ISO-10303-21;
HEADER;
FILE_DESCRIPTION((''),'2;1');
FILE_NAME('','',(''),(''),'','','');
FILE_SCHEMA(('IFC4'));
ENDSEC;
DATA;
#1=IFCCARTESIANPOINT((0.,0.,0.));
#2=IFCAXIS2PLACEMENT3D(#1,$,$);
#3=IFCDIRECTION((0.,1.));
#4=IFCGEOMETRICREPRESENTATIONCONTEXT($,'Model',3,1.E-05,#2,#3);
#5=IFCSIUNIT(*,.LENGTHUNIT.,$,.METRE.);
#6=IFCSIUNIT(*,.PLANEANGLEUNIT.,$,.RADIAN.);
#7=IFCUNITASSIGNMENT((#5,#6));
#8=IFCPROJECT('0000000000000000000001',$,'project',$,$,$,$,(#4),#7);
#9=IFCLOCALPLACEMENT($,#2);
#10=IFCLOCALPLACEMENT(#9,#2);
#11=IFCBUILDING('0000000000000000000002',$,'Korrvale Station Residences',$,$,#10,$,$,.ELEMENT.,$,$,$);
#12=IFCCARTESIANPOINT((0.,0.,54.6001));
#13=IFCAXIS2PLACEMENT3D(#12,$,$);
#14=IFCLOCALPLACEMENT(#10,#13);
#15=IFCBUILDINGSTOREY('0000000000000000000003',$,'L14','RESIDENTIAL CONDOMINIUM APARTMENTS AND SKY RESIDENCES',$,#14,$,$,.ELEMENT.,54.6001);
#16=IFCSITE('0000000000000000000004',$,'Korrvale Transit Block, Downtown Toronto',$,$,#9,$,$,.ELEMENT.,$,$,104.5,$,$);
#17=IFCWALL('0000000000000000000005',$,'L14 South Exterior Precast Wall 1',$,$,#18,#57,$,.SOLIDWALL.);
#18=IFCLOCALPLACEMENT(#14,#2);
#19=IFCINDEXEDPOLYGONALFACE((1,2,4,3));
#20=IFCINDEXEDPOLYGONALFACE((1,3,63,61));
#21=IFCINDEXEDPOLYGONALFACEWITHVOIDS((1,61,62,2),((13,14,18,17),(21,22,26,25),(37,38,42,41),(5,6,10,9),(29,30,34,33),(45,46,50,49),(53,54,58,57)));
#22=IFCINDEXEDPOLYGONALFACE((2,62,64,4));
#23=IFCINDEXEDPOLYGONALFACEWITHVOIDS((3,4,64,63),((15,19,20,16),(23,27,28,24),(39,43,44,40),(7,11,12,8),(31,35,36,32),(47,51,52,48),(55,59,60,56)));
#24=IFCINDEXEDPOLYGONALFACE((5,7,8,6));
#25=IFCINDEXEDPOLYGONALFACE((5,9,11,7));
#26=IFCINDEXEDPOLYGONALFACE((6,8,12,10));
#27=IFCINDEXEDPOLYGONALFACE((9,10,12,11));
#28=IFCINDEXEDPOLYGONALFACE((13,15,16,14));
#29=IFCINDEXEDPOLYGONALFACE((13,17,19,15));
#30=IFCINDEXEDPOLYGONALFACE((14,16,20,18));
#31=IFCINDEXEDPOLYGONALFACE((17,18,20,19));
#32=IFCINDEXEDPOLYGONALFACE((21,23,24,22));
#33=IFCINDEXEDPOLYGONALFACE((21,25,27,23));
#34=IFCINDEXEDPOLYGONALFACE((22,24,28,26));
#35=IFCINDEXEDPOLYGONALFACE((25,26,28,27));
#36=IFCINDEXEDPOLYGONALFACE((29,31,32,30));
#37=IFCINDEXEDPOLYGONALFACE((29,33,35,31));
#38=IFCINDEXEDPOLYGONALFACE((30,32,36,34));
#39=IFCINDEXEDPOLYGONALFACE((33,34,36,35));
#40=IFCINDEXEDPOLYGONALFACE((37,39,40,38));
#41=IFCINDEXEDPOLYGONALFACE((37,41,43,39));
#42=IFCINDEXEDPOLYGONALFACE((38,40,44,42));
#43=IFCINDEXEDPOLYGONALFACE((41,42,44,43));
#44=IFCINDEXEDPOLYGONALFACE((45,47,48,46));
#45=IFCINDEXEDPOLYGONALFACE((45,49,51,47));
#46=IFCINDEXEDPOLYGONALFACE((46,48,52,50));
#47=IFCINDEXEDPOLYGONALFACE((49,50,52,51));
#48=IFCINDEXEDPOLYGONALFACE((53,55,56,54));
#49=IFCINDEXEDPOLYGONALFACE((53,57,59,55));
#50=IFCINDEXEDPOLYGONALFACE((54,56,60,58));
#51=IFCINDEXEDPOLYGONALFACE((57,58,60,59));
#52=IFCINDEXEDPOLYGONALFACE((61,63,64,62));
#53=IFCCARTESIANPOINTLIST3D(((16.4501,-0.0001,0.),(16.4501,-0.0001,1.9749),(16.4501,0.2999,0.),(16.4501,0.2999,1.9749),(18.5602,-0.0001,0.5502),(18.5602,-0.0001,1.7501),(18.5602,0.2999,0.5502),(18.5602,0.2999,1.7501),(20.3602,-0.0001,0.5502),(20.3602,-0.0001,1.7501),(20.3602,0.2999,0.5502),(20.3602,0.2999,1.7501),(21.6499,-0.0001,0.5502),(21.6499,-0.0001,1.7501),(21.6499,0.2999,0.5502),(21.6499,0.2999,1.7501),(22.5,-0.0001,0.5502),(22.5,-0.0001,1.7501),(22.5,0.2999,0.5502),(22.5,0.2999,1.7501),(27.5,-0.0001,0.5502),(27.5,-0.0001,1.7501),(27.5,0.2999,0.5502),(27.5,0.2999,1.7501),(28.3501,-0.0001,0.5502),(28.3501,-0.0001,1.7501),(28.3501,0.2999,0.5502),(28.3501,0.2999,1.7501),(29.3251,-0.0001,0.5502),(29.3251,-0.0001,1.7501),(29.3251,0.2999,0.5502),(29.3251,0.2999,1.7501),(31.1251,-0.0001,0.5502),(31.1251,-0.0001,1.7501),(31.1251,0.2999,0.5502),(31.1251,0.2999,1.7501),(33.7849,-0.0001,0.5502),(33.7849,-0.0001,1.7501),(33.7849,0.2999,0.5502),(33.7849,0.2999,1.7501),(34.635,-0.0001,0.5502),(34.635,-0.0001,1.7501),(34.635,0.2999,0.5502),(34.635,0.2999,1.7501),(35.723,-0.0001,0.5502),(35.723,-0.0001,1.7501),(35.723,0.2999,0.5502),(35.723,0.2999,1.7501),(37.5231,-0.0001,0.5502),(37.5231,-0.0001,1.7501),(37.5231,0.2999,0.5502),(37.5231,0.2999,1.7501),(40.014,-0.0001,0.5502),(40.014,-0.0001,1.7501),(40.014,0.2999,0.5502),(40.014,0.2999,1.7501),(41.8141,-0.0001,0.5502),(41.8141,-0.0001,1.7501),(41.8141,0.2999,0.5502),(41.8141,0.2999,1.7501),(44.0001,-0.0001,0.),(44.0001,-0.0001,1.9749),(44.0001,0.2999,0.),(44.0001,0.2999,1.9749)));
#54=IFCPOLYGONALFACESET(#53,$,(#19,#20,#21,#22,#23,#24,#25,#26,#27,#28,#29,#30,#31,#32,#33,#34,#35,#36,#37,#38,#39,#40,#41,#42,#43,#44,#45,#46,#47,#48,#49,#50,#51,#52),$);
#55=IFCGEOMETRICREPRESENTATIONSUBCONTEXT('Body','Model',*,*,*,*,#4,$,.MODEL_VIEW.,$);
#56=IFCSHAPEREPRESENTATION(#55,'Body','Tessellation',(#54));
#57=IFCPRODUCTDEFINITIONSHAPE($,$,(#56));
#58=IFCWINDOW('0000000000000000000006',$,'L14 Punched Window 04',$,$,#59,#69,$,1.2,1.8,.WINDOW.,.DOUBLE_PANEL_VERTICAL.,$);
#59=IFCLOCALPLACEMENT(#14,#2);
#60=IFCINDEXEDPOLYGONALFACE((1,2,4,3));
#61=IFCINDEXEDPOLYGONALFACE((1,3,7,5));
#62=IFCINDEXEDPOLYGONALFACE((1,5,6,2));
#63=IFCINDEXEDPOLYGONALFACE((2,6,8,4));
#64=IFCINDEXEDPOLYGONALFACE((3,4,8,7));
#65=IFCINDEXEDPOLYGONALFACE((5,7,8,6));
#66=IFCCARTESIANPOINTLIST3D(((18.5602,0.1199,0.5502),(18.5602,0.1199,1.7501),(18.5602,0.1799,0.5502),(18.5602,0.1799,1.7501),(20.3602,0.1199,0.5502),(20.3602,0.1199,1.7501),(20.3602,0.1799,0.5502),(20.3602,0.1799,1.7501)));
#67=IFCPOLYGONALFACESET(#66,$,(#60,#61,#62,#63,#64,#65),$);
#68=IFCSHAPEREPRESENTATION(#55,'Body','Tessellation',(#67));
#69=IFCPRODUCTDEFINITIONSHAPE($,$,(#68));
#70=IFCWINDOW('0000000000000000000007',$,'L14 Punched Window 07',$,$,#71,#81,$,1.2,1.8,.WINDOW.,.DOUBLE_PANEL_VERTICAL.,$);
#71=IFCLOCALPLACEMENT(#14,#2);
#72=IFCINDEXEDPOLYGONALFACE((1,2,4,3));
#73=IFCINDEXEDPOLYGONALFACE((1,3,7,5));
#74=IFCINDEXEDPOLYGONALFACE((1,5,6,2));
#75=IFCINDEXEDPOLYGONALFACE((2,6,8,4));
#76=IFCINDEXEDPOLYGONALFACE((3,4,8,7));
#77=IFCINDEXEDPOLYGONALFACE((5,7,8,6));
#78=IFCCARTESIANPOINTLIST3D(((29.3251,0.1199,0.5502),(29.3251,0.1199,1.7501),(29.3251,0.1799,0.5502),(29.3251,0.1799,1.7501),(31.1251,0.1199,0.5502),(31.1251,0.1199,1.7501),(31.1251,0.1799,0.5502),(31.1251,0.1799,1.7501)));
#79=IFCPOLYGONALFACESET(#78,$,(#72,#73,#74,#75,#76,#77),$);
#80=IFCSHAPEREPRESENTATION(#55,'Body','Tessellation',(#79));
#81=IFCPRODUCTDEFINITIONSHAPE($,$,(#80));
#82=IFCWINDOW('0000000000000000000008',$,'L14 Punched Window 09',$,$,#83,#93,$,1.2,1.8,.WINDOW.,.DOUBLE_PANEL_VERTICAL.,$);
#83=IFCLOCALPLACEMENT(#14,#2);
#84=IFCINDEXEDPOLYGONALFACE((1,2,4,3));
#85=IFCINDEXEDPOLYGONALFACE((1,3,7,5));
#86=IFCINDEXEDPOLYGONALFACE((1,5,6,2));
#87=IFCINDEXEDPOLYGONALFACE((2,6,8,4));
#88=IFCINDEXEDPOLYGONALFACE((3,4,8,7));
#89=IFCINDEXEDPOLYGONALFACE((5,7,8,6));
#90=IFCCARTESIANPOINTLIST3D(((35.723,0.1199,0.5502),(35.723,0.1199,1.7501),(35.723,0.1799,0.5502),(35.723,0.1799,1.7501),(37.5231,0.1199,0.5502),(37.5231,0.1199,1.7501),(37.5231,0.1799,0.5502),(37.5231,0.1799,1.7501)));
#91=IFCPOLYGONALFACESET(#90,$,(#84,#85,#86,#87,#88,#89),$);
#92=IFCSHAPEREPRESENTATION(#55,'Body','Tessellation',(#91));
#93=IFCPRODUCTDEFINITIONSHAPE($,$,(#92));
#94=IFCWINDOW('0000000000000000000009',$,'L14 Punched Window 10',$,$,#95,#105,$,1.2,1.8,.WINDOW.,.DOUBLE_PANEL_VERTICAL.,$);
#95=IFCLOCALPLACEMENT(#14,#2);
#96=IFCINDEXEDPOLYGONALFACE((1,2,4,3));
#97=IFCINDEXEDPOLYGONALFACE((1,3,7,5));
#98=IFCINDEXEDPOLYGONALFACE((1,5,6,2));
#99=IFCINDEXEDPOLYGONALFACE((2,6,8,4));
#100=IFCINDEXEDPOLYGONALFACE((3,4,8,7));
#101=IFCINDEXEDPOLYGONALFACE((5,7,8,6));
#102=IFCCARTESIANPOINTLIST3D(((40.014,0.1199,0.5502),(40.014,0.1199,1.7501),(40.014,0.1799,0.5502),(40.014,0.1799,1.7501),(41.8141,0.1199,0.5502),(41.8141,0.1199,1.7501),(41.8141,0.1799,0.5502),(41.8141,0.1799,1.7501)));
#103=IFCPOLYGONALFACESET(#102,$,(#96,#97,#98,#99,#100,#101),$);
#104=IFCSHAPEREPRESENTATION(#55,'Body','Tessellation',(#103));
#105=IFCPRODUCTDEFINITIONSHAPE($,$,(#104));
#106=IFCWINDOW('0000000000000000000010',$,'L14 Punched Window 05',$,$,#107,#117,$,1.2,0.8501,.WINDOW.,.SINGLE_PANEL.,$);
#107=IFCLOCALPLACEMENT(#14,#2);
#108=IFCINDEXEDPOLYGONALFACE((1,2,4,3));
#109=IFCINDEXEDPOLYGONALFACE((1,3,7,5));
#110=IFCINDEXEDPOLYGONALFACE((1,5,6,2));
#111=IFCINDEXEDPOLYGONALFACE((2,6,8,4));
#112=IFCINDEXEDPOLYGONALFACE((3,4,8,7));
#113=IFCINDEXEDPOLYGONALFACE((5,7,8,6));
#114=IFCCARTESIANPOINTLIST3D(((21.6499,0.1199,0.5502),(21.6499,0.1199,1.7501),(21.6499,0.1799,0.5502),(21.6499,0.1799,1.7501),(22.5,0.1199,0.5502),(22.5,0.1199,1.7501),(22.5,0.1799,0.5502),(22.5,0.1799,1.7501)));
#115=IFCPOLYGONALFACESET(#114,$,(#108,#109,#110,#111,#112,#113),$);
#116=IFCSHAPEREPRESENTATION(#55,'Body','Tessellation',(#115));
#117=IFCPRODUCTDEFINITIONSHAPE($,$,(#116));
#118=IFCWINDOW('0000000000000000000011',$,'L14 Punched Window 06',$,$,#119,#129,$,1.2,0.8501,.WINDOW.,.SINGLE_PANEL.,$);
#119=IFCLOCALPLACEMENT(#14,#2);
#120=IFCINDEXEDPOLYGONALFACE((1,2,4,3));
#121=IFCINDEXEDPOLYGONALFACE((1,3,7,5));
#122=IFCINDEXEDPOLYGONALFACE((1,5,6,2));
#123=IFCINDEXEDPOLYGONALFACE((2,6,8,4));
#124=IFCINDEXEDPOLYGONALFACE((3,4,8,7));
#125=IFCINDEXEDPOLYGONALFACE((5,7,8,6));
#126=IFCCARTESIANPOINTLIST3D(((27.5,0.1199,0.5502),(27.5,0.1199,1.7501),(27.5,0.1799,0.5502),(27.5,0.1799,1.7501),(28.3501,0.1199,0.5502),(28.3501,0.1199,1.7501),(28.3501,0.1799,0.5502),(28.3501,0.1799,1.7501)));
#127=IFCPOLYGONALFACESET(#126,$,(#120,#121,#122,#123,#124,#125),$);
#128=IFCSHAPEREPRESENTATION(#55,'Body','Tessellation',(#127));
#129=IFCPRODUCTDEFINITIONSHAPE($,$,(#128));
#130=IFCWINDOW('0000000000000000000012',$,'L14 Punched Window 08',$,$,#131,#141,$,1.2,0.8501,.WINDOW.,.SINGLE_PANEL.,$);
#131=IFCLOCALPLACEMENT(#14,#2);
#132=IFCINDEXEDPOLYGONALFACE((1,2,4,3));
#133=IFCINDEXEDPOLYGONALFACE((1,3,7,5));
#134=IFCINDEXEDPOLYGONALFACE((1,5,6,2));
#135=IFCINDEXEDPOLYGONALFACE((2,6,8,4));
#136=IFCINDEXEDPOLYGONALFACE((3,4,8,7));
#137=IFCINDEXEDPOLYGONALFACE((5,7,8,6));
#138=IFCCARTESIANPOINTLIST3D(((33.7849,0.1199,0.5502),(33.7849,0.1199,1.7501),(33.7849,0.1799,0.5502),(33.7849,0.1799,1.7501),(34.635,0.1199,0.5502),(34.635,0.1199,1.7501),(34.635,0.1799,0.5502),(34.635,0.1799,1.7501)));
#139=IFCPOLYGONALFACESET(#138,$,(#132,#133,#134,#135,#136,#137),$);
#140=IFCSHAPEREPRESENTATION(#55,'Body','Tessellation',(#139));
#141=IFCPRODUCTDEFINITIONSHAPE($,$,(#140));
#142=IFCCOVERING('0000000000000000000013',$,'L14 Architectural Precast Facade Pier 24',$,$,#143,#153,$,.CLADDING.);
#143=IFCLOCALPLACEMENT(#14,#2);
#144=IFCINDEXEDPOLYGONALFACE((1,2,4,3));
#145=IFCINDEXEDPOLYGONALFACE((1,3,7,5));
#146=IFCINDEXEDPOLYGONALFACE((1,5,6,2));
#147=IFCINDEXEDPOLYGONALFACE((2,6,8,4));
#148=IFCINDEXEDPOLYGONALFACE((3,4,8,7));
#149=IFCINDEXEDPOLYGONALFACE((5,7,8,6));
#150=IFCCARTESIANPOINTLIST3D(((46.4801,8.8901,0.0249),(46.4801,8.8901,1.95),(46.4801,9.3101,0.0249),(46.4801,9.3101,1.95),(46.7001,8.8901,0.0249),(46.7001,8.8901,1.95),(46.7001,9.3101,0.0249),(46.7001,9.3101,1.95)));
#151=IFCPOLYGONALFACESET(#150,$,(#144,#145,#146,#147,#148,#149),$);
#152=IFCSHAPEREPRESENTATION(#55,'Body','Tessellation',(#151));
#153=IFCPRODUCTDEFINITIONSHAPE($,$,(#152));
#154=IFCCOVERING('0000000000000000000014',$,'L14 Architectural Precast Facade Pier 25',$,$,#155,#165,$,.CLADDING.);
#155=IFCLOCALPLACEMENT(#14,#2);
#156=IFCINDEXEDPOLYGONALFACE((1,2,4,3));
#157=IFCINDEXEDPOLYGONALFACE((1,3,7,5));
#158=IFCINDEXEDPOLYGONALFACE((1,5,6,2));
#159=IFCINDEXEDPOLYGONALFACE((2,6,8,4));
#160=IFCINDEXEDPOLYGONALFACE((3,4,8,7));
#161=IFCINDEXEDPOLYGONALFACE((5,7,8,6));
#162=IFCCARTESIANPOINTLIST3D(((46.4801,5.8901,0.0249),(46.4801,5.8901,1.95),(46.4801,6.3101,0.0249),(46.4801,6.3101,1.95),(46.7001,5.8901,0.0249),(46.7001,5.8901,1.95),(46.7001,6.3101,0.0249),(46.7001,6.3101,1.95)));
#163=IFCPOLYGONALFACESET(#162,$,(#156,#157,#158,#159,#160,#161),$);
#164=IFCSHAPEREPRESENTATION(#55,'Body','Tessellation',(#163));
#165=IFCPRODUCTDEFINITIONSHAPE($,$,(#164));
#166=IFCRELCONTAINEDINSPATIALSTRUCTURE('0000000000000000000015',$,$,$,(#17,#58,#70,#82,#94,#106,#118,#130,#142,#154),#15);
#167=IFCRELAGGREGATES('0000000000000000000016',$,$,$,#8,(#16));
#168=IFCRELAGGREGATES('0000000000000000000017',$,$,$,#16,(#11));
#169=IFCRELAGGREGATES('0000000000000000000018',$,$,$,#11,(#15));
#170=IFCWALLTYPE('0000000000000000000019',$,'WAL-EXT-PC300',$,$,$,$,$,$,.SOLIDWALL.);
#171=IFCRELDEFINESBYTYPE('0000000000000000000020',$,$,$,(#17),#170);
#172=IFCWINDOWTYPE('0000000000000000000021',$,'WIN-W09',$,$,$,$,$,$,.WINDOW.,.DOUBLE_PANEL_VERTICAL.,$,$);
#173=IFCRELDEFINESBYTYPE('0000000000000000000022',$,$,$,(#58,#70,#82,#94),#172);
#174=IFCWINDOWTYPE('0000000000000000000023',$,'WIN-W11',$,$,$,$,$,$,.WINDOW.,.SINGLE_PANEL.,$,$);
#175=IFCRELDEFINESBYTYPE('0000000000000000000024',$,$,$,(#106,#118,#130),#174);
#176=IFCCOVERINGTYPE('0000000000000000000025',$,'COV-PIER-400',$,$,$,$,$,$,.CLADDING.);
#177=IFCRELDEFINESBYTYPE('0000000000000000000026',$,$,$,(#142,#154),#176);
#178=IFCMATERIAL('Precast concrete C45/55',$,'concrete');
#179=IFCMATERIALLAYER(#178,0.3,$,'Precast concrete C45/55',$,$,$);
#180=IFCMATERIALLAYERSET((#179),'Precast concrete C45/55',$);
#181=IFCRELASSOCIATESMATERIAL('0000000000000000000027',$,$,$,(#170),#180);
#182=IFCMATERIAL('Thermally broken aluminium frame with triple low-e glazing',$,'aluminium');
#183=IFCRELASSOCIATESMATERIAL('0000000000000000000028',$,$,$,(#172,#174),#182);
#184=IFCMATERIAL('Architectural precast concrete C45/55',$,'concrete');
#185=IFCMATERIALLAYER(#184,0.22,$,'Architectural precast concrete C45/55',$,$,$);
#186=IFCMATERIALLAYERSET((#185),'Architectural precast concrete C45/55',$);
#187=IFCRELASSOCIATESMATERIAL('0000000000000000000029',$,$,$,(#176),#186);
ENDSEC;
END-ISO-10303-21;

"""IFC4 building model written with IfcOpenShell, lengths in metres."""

from ifc_helpers import new_model, si_unit, direction, frame, frame_2d, origin, origin_2d, place, context, subcontext, project, spatial, rectangle, extrude, material, layer, layer_set, type_object, element, fill, save


model = new_model("IFC4")

# Units and contexts
model_context = context("Model", 3, precision=1e-05, world=origin(), true_north=direction((0.0, 1.0)))
body_context = subcontext(model_context, "Body", "Model", "MODEL_VIEW")
ifc_project = project(units=[si_unit("LENGTHUNIT", "METRE"), si_unit("PLANEANGLEUNIT", "RADIAN")], contexts=[model_context])

# Site, building, storey
site_placement = place(None, origin())
site = spatial("IfcSite", under=ifc_project, at=site_placement, Name="Korrvale Transit Block, Downtown Toronto", CompositionType="ELEMENT", RefElevation=104.5)
building_placement = place(site_placement, origin())
building = spatial("IfcBuilding", under=site, at=building_placement, Name="Korrvale Station Residences", CompositionType="ELEMENT")
storey_placement = place(building_placement, frame((0.0, 0.0, 54.6001)))
storey = spatial("IfcBuildingStorey", under=building, at=storey_placement, Name="L14", Description="RESIDENTIAL CONDOMINIUM APARTMENTS AND SKY RESIDENCES", CompositionType="ELEMENT", Elevation=54.6001)

# Shared definitions
ifc_material_1 = material(Name="Precast concrete C45/55", Category="concrete")

# Wall, openings, windows
ifc_layer_1 = layer(ifc_material_1, 0.3, Name="Precast concrete C45/55")
ifc_layer_set_1 = layer_set([ifc_layer_1], Name="Precast concrete C45/55")
wall_type_1 = type_object("IfcWallType", Name="WAL-EXT-PC300", PredefinedType="SOLIDWALL", material=ifc_layer_set_1)
wall_1_placement = place(storey_placement, frame((44.0, 0.1499, 0.0), z_axis=(0.0, 0.0, 1.0), x_axis=(-1.0, 0.0, 0.0)))
wall_1 = element("IfcWall", 1, at=wall_1_placement, inside=storey, type_object=wall_type_1, Name="L14 South Exterior Precast Wall 1", PredefinedType="SOLIDWALL", context=body_context, shape_type="SweptSolid", body=[
    extrude(rectangle(XDim=27.55, YDim=0.3, at=frame_2d((13.7749, 0.0))), origin(), (0.0, 0.0, 1.0), 1.9749),
])
opening_1_placement = place(wall_1_placement, frame((23.6399, 0.0, 0.55)))
opening_1 = element("IfcOpeningElement", 2, at=opening_1_placement, cuts=wall_1, PredefinedType="OPENING", context=body_context, shape_type="SweptSolid", body=[
    extrude(rectangle(XDim=1.8, YDim=1.2, at=frame_2d((0.8999, 0.6001))), frame((0.0, 0.1602, 0.0), z_axis=(0.0, -1.0, 0.0), x_axis=(1.0, 0.0, 0.0)), (0.0, 0.0, 1.0), 0.3201),
])
opening_2_placement = place(wall_1_placement, frame((21.5, 0.0, 0.55)))
opening_2 = element("IfcOpeningElement", 3, at=opening_2_placement, cuts=wall_1, PredefinedType="OPENING", context=body_context, shape_type="SweptSolid", body=[
    extrude(rectangle(XDim=0.8501, YDim=1.2, at=frame_2d((0.425, 0.6001))), frame((0.0, 0.1602, 0.0), z_axis=(0.0, -1.0, 0.0), x_axis=(1.0, 0.0, 0.0)), (0.0, 0.0, 1.0), 0.3201),
])
opening_3_placement = place(wall_1_placement, frame((15.6499, 0.0, 0.55)))
opening_3 = element("IfcOpeningElement", 4, at=opening_3_placement, cuts=wall_1, PredefinedType="OPENING", context=body_context, shape_type="SweptSolid", body=[
    extrude(rectangle(XDim=0.8501, YDim=1.2, at=frame_2d((0.425, 0.6001))), frame((0.0, 0.1602, 0.0), z_axis=(0.0, -1.0, 0.0), x_axis=(1.0, 0.0, 0.0)), (0.0, 0.0, 1.0), 0.3201),
])
opening_4_placement = place(wall_1_placement, frame((12.875, 0.0, 0.55)))
opening_4 = element("IfcOpeningElement", 5, at=opening_4_placement, cuts=wall_1, PredefinedType="OPENING", context=body_context, shape_type="SweptSolid", body=[
    extrude(rectangle(XDim=1.8, YDim=1.2, at=frame_2d((0.8999, 0.6001))), frame((0.0, 0.1602, 0.0), z_axis=(0.0, -1.0, 0.0), x_axis=(1.0, 0.0, 0.0)), (0.0, 0.0, 1.0), 0.3201),
])
opening_5_placement = place(wall_1_placement, frame((9.365, 0.0, 0.55)))
opening_5 = element("IfcOpeningElement", 6, at=opening_5_placement, cuts=wall_1, PredefinedType="OPENING", context=body_context, shape_type="SweptSolid", body=[
    extrude(rectangle(XDim=0.8501, YDim=1.2, at=frame_2d((0.425, 0.6001))), frame((0.0, 0.1602, 0.0), z_axis=(0.0, -1.0, 0.0), x_axis=(1.0, 0.0, 0.0)), (0.0, 0.0, 1.0), 0.3201),
])
opening_6_placement = place(wall_1_placement, frame((6.4771, 0.0, 0.55)))
opening_6 = element("IfcOpeningElement", 7, at=opening_6_placement, cuts=wall_1, PredefinedType="OPENING", context=body_context, shape_type="SweptSolid", body=[
    extrude(rectangle(XDim=1.8, YDim=1.2, at=frame_2d((0.8999, 0.6001))), frame((0.0, 0.1602, 0.0), z_axis=(0.0, -1.0, 0.0), x_axis=(1.0, 0.0, 0.0)), (0.0, 0.0, 1.0), 0.3201),
])
opening_7_placement = place(wall_1_placement, frame((2.186, 0.0, 0.55)))
opening_7 = element("IfcOpeningElement", 8, at=opening_7_placement, cuts=wall_1, PredefinedType="OPENING", context=body_context, shape_type="SweptSolid", body=[
    extrude(rectangle(XDim=1.8, YDim=1.2, at=frame_2d((0.8999, 0.6001))), frame((0.0, 0.1602, 0.0), z_axis=(0.0, -1.0, 0.0), x_axis=(1.0, 0.0, 0.0)), (0.0, 0.0, 1.0), 0.3201),
])
ifc_material_2 = material(Name="Thermally broken aluminium frame with triple low-e glazing", Category="aluminium")
window_type_1 = type_object("IfcWindowType", Name="WIN-W09", PartitioningType="DOUBLE_PANEL_VERTICAL", PredefinedType="WINDOW", material=ifc_material_2)
window_1_placement = place(opening_1_placement, origin())
window_1 = element("IfcWindow", 9, at=window_1_placement, inside=storey, type_object=window_type_1, Name="L14 Punched Window 04", OverallHeight=1.2, OverallWidth=1.8, PartitioningType="DOUBLE_PANEL_VERTICAL", PredefinedType="WINDOW", context=body_context, shape_type="SweptSolid", body=[
    extrude(rectangle(XDim=1.8, YDim=1.2, at=frame_2d((0.8999, 0.6001))), frame((0.0, 0.03, 0.0), z_axis=(0.0, -1.0, 0.0), x_axis=(1.0, 0.0, 0.0)), (0.0, 0.0, 1.0), 0.0601),
])
fill(opening_1, window_1)
window_2_placement = place(opening_4_placement, origin())
window_2 = element("IfcWindow", 10, at=window_2_placement, inside=storey, type_object=window_type_1, Name="L14 Punched Window 07", OverallHeight=1.2, OverallWidth=1.8, PartitioningType="DOUBLE_PANEL_VERTICAL", PredefinedType="WINDOW", context=body_context, shape_type="SweptSolid", body=[
    extrude(rectangle(XDim=1.8, YDim=1.2, at=frame_2d((0.8999, 0.6001))), frame((0.0, 0.03, 0.0), z_axis=(0.0, -1.0, 0.0), x_axis=(1.0, 0.0, 0.0)), (0.0, 0.0, 1.0), 0.0601),
])
fill(opening_4, window_2)
window_3_placement = place(opening_6_placement, origin())
window_3 = element("IfcWindow", 11, at=window_3_placement, inside=storey, type_object=window_type_1, Name="L14 Punched Window 09", OverallHeight=1.2, OverallWidth=1.8, PartitioningType="DOUBLE_PANEL_VERTICAL", PredefinedType="WINDOW", context=body_context, shape_type="SweptSolid", body=[
    extrude(rectangle(XDim=1.8, YDim=1.2, at=frame_2d((0.8999, 0.6001))), frame((0.0, 0.03, 0.0), z_axis=(0.0, -1.0, 0.0), x_axis=(1.0, 0.0, 0.0)), (0.0, 0.0, 1.0), 0.0601),
])
fill(opening_6, window_3)
window_4_placement = place(opening_7_placement, origin())
window_4 = element("IfcWindow", 12, at=window_4_placement, inside=storey, type_object=window_type_1, Name="L14 Punched Window 10", OverallHeight=1.2, OverallWidth=1.8, PartitioningType="DOUBLE_PANEL_VERTICAL", PredefinedType="WINDOW", context=body_context, shape_type="SweptSolid", body=[
    extrude(rectangle(XDim=1.8, YDim=1.2, at=frame_2d((0.8999, 0.6001))), frame((0.0, 0.03, 0.0), z_axis=(0.0, -1.0, 0.0), x_axis=(1.0, 0.0, 0.0)), (0.0, 0.0, 1.0), 0.0601),
])
fill(opening_7, window_4)
window_type_2 = type_object("IfcWindowType", Name="WIN-W11", PartitioningType="SINGLE_PANEL", PredefinedType="WINDOW", material=ifc_material_2)
window_5_placement = place(opening_2_placement, origin())
window_5 = element("IfcWindow", 13, at=window_5_placement, inside=storey, type_object=window_type_2, Name="L14 Punched Window 05", OverallHeight=1.2, OverallWidth=0.8501, PartitioningType="SINGLE_PANEL", PredefinedType="WINDOW", context=body_context, shape_type="SweptSolid", body=[
    extrude(rectangle(XDim=0.8501, YDim=1.2, at=frame_2d((0.425, 0.6001))), frame((0.0, 0.03, 0.0), z_axis=(0.0, -1.0, 0.0), x_axis=(1.0, 0.0, 0.0)), (0.0, 0.0, 1.0), 0.0601),
])
fill(opening_2, window_5)
window_6_placement = place(opening_3_placement, origin())
window_6 = element("IfcWindow", 14, at=window_6_placement, inside=storey, type_object=window_type_2, Name="L14 Punched Window 06", OverallHeight=1.2, OverallWidth=0.8501, PartitioningType="SINGLE_PANEL", PredefinedType="WINDOW", context=body_context, shape_type="SweptSolid", body=[
    extrude(rectangle(XDim=0.8501, YDim=1.2, at=frame_2d((0.425, 0.6001))), frame((0.0, 0.03, 0.0), z_axis=(0.0, -1.0, 0.0), x_axis=(1.0, 0.0, 0.0)), (0.0, 0.0, 1.0), 0.0601),
])
fill(opening_3, window_6)
window_7_placement = place(opening_5_placement, origin())
window_7 = element("IfcWindow", 15, at=window_7_placement, inside=storey, type_object=window_type_2, Name="L14 Punched Window 08", OverallHeight=1.2, OverallWidth=0.8501, PartitioningType="SINGLE_PANEL", PredefinedType="WINDOW", context=body_context, shape_type="SweptSolid", body=[
    extrude(rectangle(XDim=0.8501, YDim=1.2, at=frame_2d((0.425, 0.6001))), frame((0.0, 0.03, 0.0), z_axis=(0.0, -1.0, 0.0), x_axis=(1.0, 0.0, 0.0)), (0.0, 0.0, 1.0), 0.0601),
])
fill(opening_5, window_7)

# Coverings
ifc_material_3 = material(Name="Architectural precast concrete C45/55", Category="concrete")
ifc_layer_2 = layer(ifc_material_3, 0.22, Name="Architectural precast concrete C45/55")
ifc_layer_set_2 = layer_set([ifc_layer_2], Name="Architectural precast concrete C45/55")
covering_type = type_object("IfcCoveringType", Name="COV-PIER-400", PredefinedType="CLADDING", material=ifc_layer_set_2)
for number, where, z_axis, x_axis, name in (
    (16, (46.5901, 9.1001, 0.0249), (0.0, 0.0, 1.0), (0.0, 1.0, 0.0), "L14 Architectural Precast Facade Pier 24"),
    (17, (46.5901, 6.1001, 0.0249), (0.0, 0.0, 1.0), (0.0, 1.0, 0.0), "L14 Architectural Precast Facade Pier 25"),
):
    element("IfcCovering", number, at=place(storey_placement, frame(where, z_axis=z_axis, x_axis=x_axis)), inside=storey, type_object=covering_type, Name=name, PredefinedType="CLADDING", context=body_context, shape_type="SweptSolid", body=[
        extrude(rectangle(XDim=0.4199, YDim=0.22, at=origin_2d()), origin(), (0.0, 0.0, 1.0), 1.925),
    ])

save(model, "model.ifc")
